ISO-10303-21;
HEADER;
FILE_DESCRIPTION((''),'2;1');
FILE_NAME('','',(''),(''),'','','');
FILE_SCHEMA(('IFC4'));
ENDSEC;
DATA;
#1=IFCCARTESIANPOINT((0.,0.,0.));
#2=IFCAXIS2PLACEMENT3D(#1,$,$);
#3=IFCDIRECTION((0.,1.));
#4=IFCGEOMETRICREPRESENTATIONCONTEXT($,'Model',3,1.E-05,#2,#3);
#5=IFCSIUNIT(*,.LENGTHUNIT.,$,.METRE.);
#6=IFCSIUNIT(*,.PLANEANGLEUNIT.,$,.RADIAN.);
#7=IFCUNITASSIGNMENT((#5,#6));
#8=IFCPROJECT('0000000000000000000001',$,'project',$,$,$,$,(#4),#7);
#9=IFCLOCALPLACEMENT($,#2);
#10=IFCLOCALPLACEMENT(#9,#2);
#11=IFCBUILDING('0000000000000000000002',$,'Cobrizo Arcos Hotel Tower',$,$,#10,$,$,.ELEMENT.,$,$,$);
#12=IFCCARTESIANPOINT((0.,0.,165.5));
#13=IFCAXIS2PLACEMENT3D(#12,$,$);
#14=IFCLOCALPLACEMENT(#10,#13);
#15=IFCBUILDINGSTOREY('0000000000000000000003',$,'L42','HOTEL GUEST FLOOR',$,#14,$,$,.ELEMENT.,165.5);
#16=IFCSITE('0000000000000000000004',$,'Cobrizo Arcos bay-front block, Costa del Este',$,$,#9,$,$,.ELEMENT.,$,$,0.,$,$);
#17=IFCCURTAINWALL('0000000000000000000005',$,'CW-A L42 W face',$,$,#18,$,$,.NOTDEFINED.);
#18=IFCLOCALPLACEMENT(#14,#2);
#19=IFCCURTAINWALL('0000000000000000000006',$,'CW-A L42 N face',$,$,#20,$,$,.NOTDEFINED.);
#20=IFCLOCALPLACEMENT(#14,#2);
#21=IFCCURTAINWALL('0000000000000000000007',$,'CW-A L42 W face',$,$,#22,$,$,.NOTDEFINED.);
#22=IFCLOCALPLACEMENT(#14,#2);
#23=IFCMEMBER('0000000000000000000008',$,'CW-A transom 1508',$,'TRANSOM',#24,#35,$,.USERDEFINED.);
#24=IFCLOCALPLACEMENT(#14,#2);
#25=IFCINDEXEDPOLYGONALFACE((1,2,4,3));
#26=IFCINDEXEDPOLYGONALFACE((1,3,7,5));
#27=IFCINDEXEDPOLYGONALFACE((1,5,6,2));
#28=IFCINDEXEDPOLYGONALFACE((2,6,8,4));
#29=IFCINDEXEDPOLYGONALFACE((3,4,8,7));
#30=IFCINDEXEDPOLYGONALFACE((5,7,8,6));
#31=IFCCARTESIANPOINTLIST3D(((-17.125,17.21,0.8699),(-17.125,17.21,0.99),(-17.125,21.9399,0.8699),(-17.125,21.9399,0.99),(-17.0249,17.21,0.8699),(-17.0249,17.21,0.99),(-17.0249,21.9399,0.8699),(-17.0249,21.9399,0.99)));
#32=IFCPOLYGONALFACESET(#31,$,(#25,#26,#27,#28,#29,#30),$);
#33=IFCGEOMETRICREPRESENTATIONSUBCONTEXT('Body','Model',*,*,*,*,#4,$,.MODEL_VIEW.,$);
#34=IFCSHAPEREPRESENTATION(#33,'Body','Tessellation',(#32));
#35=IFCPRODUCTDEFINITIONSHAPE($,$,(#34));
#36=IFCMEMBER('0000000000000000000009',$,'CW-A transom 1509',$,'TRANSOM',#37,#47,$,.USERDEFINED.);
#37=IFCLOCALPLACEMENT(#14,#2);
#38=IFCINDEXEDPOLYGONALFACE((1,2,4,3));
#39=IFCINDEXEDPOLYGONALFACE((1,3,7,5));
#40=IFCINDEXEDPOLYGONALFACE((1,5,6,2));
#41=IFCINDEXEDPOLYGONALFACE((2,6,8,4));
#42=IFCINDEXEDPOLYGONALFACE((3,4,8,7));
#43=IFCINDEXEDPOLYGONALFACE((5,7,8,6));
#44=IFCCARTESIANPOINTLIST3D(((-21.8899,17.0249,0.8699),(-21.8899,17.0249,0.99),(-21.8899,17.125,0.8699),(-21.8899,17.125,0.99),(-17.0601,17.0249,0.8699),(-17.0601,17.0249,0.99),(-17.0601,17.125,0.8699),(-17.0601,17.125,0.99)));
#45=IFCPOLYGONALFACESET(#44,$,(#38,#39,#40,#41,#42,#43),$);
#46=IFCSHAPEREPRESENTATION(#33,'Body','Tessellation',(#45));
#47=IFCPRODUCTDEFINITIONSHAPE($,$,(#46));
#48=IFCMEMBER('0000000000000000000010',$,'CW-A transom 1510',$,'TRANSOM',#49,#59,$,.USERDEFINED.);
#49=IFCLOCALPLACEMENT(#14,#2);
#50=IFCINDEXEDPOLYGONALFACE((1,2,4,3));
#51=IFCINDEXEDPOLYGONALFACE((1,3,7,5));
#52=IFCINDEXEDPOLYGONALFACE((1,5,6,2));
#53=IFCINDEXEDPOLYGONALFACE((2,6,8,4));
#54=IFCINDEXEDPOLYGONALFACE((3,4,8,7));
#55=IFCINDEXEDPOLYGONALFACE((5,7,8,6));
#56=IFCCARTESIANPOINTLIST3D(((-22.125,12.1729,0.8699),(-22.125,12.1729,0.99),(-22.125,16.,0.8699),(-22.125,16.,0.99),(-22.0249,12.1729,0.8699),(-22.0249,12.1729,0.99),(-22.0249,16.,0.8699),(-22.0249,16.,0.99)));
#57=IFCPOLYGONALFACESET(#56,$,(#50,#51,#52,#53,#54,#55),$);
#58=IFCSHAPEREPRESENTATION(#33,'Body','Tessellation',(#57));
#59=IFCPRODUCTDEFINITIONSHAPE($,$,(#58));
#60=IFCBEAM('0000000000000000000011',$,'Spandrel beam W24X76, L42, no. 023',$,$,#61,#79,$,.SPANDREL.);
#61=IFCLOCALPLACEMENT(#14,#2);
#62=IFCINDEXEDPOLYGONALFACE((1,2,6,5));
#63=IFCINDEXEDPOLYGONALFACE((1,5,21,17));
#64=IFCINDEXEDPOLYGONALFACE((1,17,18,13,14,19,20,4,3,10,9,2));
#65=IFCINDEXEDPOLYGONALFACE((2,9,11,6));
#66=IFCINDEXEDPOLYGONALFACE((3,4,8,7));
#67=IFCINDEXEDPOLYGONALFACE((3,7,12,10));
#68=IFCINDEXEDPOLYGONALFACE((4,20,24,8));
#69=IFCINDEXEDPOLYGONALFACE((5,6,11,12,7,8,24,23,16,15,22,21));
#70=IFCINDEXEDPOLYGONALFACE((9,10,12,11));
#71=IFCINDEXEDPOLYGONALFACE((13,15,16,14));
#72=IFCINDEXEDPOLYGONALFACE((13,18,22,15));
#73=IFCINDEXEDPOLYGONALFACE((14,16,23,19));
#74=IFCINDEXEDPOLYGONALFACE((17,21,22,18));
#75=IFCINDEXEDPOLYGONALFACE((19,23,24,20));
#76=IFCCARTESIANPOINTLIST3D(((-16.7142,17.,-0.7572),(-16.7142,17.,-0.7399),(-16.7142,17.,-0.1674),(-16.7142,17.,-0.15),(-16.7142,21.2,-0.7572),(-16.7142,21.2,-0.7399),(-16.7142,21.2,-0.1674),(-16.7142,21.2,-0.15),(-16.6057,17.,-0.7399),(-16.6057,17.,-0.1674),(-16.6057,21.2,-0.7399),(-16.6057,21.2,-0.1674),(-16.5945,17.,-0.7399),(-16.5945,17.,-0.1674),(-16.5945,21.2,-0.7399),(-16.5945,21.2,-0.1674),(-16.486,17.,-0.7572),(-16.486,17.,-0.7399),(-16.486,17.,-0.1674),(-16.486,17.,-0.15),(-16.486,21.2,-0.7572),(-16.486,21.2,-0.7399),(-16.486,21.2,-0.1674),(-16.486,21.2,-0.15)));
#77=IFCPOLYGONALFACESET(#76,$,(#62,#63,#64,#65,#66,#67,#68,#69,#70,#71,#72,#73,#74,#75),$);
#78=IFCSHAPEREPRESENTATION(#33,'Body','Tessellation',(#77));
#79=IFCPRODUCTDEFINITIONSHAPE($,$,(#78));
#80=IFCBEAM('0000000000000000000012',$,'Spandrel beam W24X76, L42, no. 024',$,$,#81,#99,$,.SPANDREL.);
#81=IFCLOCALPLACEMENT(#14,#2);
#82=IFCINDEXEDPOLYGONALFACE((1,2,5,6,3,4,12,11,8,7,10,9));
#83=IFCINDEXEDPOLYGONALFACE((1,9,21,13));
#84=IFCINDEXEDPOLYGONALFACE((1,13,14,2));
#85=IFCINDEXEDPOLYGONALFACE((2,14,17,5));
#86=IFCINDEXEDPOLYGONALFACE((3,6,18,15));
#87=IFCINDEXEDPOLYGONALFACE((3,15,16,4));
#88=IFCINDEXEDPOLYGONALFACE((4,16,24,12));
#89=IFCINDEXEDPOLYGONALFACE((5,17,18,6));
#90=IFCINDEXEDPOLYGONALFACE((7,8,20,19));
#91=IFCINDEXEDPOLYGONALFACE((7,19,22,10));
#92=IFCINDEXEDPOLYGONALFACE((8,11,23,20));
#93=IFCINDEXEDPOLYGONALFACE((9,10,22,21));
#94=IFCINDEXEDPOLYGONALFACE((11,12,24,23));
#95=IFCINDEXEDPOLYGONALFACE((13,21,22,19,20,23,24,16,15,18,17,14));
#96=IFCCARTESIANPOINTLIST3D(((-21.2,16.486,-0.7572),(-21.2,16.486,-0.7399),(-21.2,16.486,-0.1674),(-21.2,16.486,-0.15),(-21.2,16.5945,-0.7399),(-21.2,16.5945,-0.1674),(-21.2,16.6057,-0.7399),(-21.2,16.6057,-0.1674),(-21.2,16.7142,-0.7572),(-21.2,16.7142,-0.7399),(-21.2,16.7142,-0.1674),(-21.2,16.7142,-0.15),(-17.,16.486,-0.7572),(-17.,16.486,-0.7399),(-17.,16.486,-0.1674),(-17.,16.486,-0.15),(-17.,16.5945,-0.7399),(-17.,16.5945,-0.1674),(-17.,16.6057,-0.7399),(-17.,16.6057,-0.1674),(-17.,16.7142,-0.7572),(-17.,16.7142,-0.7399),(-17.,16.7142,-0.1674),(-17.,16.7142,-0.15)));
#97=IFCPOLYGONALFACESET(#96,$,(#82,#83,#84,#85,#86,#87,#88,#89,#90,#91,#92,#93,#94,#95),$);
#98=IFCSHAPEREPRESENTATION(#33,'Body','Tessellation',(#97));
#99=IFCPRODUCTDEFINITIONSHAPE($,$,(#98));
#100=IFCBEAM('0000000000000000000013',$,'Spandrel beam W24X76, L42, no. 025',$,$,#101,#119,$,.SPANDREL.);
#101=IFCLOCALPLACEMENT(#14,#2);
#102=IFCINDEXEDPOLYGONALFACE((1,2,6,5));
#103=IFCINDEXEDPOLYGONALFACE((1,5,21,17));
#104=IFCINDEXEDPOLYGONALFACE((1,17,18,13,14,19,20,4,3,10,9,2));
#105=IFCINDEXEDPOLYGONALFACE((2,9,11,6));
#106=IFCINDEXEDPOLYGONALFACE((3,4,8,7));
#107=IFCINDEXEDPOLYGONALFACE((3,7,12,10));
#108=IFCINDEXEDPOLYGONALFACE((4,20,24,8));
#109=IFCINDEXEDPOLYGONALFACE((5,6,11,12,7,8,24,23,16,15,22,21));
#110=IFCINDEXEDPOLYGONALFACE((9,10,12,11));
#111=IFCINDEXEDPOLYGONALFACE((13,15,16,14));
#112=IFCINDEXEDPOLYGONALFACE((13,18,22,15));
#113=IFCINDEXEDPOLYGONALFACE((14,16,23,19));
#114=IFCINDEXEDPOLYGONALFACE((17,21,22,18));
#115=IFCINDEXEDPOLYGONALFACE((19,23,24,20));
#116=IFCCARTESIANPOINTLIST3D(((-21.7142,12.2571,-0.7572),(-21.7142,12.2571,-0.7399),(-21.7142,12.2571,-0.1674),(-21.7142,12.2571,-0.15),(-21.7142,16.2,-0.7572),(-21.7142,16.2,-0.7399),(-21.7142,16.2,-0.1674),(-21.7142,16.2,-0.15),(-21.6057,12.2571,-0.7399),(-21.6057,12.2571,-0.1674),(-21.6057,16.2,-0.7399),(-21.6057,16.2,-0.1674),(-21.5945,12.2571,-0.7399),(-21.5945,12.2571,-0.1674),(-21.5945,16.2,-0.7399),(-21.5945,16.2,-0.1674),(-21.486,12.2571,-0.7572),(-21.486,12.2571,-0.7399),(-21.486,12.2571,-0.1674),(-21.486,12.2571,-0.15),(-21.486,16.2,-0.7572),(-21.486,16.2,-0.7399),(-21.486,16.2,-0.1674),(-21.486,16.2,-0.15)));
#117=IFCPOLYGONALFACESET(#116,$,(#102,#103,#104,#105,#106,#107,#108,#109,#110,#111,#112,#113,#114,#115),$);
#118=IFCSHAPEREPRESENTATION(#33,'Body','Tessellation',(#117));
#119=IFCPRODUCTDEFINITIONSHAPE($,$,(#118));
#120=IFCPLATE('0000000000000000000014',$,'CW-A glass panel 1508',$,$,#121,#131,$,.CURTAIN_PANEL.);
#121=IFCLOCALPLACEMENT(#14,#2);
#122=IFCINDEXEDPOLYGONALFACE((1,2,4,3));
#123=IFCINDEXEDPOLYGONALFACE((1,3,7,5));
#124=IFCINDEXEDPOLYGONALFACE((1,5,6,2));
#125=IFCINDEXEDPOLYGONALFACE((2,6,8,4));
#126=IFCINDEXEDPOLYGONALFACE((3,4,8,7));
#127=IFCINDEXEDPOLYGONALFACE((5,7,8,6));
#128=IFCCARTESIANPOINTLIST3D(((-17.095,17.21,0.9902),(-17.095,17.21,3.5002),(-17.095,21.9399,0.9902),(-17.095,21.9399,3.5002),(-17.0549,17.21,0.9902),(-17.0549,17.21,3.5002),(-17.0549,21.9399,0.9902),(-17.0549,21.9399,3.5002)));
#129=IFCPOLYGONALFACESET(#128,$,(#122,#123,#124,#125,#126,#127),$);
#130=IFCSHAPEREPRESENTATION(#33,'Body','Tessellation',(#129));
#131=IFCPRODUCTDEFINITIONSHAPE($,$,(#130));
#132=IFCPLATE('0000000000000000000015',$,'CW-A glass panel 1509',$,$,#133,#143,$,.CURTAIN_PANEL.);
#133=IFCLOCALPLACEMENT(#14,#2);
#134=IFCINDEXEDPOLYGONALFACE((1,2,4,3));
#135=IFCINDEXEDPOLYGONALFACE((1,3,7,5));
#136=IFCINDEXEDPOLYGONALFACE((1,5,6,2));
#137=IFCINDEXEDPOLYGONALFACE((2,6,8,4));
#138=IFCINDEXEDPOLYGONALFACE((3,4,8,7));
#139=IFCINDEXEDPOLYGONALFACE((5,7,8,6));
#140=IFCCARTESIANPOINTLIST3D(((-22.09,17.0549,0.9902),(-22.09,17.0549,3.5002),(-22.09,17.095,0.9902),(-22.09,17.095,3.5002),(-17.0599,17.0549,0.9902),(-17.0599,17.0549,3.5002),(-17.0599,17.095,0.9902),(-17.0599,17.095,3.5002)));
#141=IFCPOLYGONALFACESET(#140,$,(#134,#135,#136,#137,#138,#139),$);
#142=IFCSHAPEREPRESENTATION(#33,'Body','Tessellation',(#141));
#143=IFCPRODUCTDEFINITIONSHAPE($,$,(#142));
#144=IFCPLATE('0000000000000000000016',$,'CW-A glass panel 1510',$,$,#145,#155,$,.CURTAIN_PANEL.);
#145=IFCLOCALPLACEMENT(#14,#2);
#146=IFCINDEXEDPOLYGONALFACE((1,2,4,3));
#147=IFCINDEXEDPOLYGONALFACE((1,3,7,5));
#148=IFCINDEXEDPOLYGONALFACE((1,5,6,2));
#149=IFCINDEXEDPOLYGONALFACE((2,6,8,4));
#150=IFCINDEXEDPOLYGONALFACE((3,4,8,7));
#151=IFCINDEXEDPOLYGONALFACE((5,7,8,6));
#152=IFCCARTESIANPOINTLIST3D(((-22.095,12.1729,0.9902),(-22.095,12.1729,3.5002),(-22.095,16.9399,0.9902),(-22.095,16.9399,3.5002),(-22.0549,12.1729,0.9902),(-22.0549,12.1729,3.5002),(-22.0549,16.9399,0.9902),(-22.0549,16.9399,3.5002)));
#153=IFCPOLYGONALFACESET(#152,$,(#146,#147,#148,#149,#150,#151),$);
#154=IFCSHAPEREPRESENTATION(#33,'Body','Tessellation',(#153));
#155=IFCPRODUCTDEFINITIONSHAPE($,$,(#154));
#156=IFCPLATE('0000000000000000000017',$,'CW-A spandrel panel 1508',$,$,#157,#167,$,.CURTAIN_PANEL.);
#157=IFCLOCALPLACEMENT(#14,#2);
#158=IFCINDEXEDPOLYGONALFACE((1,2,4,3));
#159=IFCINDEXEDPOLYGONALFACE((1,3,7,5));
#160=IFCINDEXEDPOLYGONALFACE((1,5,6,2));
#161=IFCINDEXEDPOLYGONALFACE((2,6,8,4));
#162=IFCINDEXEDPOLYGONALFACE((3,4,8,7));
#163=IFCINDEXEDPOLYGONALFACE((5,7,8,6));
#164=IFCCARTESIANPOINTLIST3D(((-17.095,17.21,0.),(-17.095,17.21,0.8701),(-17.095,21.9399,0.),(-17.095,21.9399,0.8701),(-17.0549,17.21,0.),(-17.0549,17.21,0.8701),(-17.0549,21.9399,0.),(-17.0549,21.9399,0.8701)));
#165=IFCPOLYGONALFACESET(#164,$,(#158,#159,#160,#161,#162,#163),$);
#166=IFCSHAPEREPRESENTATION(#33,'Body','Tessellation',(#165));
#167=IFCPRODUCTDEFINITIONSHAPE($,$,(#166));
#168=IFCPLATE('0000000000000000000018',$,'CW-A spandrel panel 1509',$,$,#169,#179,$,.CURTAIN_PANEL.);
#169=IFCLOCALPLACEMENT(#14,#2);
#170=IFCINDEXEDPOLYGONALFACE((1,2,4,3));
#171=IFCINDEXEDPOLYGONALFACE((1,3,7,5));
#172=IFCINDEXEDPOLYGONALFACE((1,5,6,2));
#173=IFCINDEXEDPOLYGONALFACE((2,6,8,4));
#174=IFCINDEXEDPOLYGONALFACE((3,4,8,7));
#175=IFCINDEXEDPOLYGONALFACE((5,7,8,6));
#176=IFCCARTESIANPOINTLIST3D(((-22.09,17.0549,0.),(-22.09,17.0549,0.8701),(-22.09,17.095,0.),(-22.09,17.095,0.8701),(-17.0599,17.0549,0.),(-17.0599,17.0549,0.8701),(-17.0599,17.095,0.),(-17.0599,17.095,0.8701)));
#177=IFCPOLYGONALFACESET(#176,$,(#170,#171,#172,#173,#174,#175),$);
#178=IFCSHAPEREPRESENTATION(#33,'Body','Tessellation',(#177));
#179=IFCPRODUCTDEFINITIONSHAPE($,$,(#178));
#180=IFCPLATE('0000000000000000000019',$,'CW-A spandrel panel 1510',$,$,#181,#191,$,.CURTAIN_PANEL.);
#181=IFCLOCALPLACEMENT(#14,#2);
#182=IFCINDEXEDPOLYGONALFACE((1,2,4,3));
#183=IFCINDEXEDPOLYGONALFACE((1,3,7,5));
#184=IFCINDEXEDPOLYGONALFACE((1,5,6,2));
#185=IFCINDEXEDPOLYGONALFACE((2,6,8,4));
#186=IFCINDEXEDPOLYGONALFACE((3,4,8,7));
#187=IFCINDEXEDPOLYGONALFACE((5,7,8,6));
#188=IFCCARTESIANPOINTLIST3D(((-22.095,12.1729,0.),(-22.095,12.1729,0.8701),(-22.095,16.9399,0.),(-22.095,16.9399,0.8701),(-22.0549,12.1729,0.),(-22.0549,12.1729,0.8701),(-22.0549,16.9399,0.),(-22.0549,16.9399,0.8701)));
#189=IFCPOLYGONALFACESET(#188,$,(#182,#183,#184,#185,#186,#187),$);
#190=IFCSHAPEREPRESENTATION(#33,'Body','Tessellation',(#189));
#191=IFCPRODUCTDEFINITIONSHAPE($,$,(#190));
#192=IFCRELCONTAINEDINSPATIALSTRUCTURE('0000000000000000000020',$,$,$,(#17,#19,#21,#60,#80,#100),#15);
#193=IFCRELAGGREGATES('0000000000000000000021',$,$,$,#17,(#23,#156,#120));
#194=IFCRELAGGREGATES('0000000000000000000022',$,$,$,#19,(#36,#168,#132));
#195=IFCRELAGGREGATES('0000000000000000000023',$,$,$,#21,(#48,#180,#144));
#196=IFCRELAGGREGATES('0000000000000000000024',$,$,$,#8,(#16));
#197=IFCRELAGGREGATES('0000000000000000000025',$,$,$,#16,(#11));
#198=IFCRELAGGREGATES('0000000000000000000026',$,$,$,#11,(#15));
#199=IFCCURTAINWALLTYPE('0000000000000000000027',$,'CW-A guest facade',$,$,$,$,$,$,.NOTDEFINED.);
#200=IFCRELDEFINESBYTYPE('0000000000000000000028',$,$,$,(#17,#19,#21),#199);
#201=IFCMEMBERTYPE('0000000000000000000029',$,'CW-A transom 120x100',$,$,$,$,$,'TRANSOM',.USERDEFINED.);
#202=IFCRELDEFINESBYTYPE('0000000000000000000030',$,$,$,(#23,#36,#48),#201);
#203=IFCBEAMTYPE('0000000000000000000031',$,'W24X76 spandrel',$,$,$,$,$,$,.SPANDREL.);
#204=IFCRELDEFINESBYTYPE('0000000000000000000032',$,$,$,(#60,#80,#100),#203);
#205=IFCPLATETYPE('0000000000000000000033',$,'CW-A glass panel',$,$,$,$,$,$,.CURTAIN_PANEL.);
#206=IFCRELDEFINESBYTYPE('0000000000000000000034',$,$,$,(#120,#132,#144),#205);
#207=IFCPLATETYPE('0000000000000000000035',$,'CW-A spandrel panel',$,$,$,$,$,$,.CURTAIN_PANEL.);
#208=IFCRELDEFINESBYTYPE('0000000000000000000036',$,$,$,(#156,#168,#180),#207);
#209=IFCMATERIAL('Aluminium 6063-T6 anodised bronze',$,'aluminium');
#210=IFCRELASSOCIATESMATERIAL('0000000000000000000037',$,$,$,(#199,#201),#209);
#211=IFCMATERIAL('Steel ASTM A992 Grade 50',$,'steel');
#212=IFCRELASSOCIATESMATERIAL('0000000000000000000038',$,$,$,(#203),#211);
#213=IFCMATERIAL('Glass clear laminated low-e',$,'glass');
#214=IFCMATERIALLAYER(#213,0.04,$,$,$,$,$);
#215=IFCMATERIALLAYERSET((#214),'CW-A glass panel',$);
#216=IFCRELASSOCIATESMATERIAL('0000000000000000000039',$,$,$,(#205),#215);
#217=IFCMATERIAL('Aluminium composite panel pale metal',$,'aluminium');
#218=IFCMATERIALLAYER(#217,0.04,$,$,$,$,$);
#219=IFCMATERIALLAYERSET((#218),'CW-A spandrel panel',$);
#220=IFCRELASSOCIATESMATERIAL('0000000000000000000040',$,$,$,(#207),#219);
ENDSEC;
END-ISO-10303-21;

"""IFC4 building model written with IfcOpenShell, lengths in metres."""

from ifc_helpers import new_model, si_unit, direction, frame, origin, origin_2d, place, context, subcontext, project, spatial, rectangle, i_section, extrude, material, layer, layer_set, material_profile, profile_set, type_object, element, aggregate, save


model = new_model("IFC4")

# Units and contexts
model_context = context("Model", 3, precision=1e-05, world=origin(), true_north=direction((0.0, 1.0)))
body_context = subcontext(model_context, "Body", "Model", "MODEL_VIEW")
ifc_project = project(units=[si_unit("LENGTHUNIT", "METRE"), si_unit("PLANEANGLEUNIT", "RADIAN")], contexts=[model_context])

# Site, building, storey
site_placement = place(None, origin())
site = spatial("IfcSite", under=ifc_project, at=site_placement, Name="Cobrizo Arcos bay-front block, Costa del Este", CompositionType="ELEMENT", RefElevation=0.0)
building_placement = place(site_placement, origin())
building = spatial("IfcBuilding", under=site, at=building_placement, Name="Cobrizo Arcos Hotel Tower", CompositionType="ELEMENT")
storey_placement = place(building_placement, frame((0.0, 0.0, 165.5)))
storey = spatial("IfcBuildingStorey", under=building, at=storey_placement, Name="L42", Description="HOTEL GUEST FLOOR", CompositionType="ELEMENT", Elevation=165.5)

# Shared definitions
ifc_material_1 = material(Name="Aluminium 6063-T6 anodised bronze", Category="aluminium")
curtain_wall_type = type_object("IfcCurtainWallType", Name="CW-A guest facade", PredefinedType="NOTDEFINED", material=ifc_material_1)

# Curtain walls
curtain_wall_1_placement = place(storey_placement, origin())
curtain_wall_1 = element("IfcCurtainWall", 1, at=curtain_wall_1_placement, inside=storey, type_object=curtain_wall_type, Name="CW-A L42 W face", PredefinedType="NOTDEFINED")
curtain_wall_2_placement = place(storey_placement, origin())
curtain_wall_2 = element("IfcCurtainWall", 2, at=curtain_wall_2_placement, inside=storey, type_object=curtain_wall_type, Name="CW-A L42 N face", PredefinedType="NOTDEFINED")
curtain_wall_3_placement = place(storey_placement, origin())
curtain_wall_3 = element("IfcCurtainWall", 3, at=curtain_wall_3_placement, inside=storey, type_object=curtain_wall_type, Name="CW-A L42 W face", PredefinedType="NOTDEFINED")

# Members
ifc_material_profile_1 = material_profile(ifc_material_1, rectangle(XDim=0.1001, YDim=0.1201, at=origin_2d()), Name="CW-A transom 120x100")
ifc_profile_set_1 = profile_set([ifc_material_profile_1], Name="Aluminium 6063-T6 anodised bronze")
member_type_1 = type_object("IfcMemberType", Name="CW-A transom 120x100", ElementType="TRANSOM", PredefinedType="USERDEFINED", material=ifc_profile_set_1)
member_1_placement = place(storey_placement, frame((-17.075, 21.9399, 0.9299), z_axis=(0.0, -1.0, 0.0), x_axis=(1.0, 0.0, 0.0)))
member_1 = element("IfcMember", 4, at=member_1_placement, type_object=member_type_1, Name="CW-A transom 1508", ObjectType="TRANSOM", PredefinedType="USERDEFINED", context=body_context, shape_type="SweptSolid", body=[
    extrude(rectangle(XDim=0.1001, YDim=0.1201, at=origin_2d()), origin(), (0.0, 0.0, 1.0), 4.73),
])
member_2_placement = place(storey_placement, frame((-17.0601, 17.075, 0.9299), z_axis=(-1.0, 0.0, 0.0), x_axis=(0.0, -1.0, 0.0)))
member_2 = element("IfcMember", 5, at=member_2_placement, type_object=member_type_1, Name="CW-A transom 1509", ObjectType="TRANSOM", PredefinedType="USERDEFINED", context=body_context, shape_type="SweptSolid", body=[
    extrude(rectangle(XDim=0.1001, YDim=0.1201, at=origin_2d()), origin(), (0.0, 0.0, 1.0), 4.8298),
])
member_3_placement = place(storey_placement, frame((-22.075, 16.0, 0.9299), z_axis=(0.0, -1.0, 0.0), x_axis=(1.0, 0.0, 0.0)))
member_3 = element("IfcMember", 6, at=member_3_placement, type_object=member_type_1, Name="CW-A transom 1510", ObjectType="TRANSOM", PredefinedType="USERDEFINED", context=body_context, shape_type="SweptSolid", body=[
    extrude(rectangle(XDim=0.1001, YDim=0.1201, at=origin_2d()), origin(), (0.0, 0.0, 1.0), 3.8271),
])

# Beams
ifc_material_2 = material(Name="Steel ASTM A992 Grade 50", Category="steel")
ifc_material_profile_2 = material_profile(ifc_material_2, i_section(OverallWidth=0.2283, OverallDepth=0.6072, WebThickness=0.0112, FlangeThickness=0.0173, at=origin_2d()), Name="W24X76")
ifc_profile_set_2 = profile_set([ifc_material_profile_2], Name="Steel ASTM A992 Grade 50")
beam_type_1 = type_object("IfcBeamType", Name="W24X76 spandrel", PredefinedType="SPANDREL", material=ifc_profile_set_2)
for number, where, z_axis, x_axis, name in (
    (7, (-16.6001, 21.2, -0.4536), (0.0, -1.0, 0.0), (1.0, 0.0, 0.0), "Spandrel beam W24X76, L42, no. 023"),
    (8, (-17.0, 16.6001, -0.4536), (-1.0, 0.0, 0.0), (0.0, -1.0, 0.0), "Spandrel beam W24X76, L42, no. 024"),
):
    element("IfcBeam", number, at=place(storey_placement, frame(where, z_axis=z_axis, x_axis=x_axis)), inside=storey, type_object=beam_type_1, Name=name, PredefinedType="SPANDREL", context=body_context, shape_type="SweptSolid", body=[
        extrude(i_section(OverallWidth=0.2283, OverallDepth=0.6072, WebThickness=0.0112, FlangeThickness=0.0173, at=origin_2d()), origin(), (0.0, 0.0, 1.0), 4.2),
    ])
beam_1_placement = place(storey_placement, frame((-21.6001, 16.2, -0.4536), z_axis=(0.0, -1.0, 0.0), x_axis=(1.0, 0.0, 0.0)))
element("IfcBeam", 9, at=beam_1_placement, inside=storey, type_object=beam_type_1, Name="Spandrel beam W24X76, L42, no. 025", PredefinedType="SPANDREL", context=body_context, shape_type="SweptSolid", body=[
    extrude(i_section(OverallWidth=0.2283, OverallDepth=0.6072, WebThickness=0.0112, FlangeThickness=0.0173, at=origin_2d()), origin(), (0.0, 0.0, 1.0), 3.9429),
])

# Plates
ifc_material_3 = material(Name="Glass clear laminated low-e", Category="glass")
ifc_layer_1 = layer(ifc_material_3, 0.04)
ifc_layer_set_1 = layer_set([ifc_layer_1], Name="CW-A glass panel")
plate_type_1 = type_object("IfcPlateType", Name="CW-A glass panel", PredefinedType="CURTAIN_PANEL", material=ifc_layer_set_1)
plate_1_placement = place(storey_placement, frame((-17.075, 19.575, 0.9902), z_axis=(0.0, 0.0, 1.0), x_axis=(0.0, -1.0, 0.0)))
plate_1 = element("IfcPlate", 10, at=plate_1_placement, type_object=plate_type_1, Name="CW-A glass panel 1508", PredefinedType="CURTAIN_PANEL", context=body_context, shape_type="SweptSolid", body=[
    extrude(rectangle(XDim=4.73, YDim=0.04, at=origin_2d()), origin(), (0.0, 0.0, 1.0), 2.51),
])
plate_2_placement = place(storey_placement, frame((-19.575, 17.075, 0.9902), z_axis=(0.0, 0.0, 1.0), x_axis=(-1.0, 0.0, 0.0)))
plate_2 = element("IfcPlate", 11, at=plate_2_placement, type_object=plate_type_1, Name="CW-A glass panel 1509", PredefinedType="CURTAIN_PANEL", context=body_context, shape_type="SweptSolid", body=[
    extrude(rectangle(XDim=5.03, YDim=0.04, at=origin_2d()), origin(), (0.0, 0.0, 1.0), 2.51),
])
plate_3_placement = place(storey_placement, frame((-22.075, 14.5564, 0.9902), z_axis=(0.0, 0.0, 1.0), x_axis=(0.0, -1.0, 0.0)))
plate_3 = element("IfcPlate", 12, at=plate_3_placement, type_object=plate_type_1, Name="CW-A glass panel 1510", PredefinedType="CURTAIN_PANEL", context=body_context, shape_type="SweptSolid", body=[
    extrude(rectangle(XDim=4.7671, YDim=0.04, at=origin_2d()), origin(), (0.0, 0.0, 1.0), 2.51),
])
ifc_material_4 = material(Name="Aluminium composite panel pale metal", Category="aluminium")
ifc_layer_2 = layer(ifc_material_4, 0.04)
ifc_layer_set_2 = layer_set([ifc_layer_2], Name="CW-A spandrel panel")
plate_type_2 = type_object("IfcPlateType", Name="CW-A spandrel panel", PredefinedType="CURTAIN_PANEL", material=ifc_layer_set_2)
plate_4_placement = place(storey_placement, frame((-17.075, 19.575, 0.0), z_axis=(0.0, 0.0, 1.0), x_axis=(0.0, -1.0, 0.0)))
plate_4 = element("IfcPlate", 13, at=plate_4_placement, type_object=plate_type_2, Name="CW-A spandrel panel 1508", PredefinedType="CURTAIN_PANEL", context=body_context, shape_type="SweptSolid", body=[
    extrude(rectangle(XDim=4.73, YDim=0.04, at=origin_2d()), origin(), (0.0, 0.0, 1.0), 0.8701),
])
aggregate(curtain_wall_1, [member_1, plate_4, plate_1])
plate_5_placement = place(storey_placement, frame((-19.575, 17.075, 0.0), z_axis=(0.0, 0.0, 1.0), x_axis=(-1.0, 0.0, 0.0)))
plate_5 = element("IfcPlate", 14, at=plate_5_placement, type_object=plate_type_2, Name="CW-A spandrel panel 1509", PredefinedType="CURTAIN_PANEL", context=body_context, shape_type="SweptSolid", body=[
    extrude(rectangle(XDim=5.03, YDim=0.04, at=origin_2d()), origin(), (0.0, 0.0, 1.0), 0.8701),
])
aggregate(curtain_wall_2, [member_2, plate_5, plate_2])
plate_6_placement = place(storey_placement, frame((-22.075, 14.5564, 0.0), z_axis=(0.0, 0.0, 1.0), x_axis=(0.0, -1.0, 0.0)))
plate_6 = element("IfcPlate", 15, at=plate_6_placement, type_object=plate_type_2, Name="CW-A spandrel panel 1510", PredefinedType="CURTAIN_PANEL", context=body_context, shape_type="SweptSolid", body=[
    extrude(rectangle(XDim=4.7671, YDim=0.04, at=origin_2d()), origin(), (0.0, 0.0, 1.0), 0.8701),
])
aggregate(curtain_wall_3, [member_3, plate_6, plate_3])

save(model, "model.ifc")
